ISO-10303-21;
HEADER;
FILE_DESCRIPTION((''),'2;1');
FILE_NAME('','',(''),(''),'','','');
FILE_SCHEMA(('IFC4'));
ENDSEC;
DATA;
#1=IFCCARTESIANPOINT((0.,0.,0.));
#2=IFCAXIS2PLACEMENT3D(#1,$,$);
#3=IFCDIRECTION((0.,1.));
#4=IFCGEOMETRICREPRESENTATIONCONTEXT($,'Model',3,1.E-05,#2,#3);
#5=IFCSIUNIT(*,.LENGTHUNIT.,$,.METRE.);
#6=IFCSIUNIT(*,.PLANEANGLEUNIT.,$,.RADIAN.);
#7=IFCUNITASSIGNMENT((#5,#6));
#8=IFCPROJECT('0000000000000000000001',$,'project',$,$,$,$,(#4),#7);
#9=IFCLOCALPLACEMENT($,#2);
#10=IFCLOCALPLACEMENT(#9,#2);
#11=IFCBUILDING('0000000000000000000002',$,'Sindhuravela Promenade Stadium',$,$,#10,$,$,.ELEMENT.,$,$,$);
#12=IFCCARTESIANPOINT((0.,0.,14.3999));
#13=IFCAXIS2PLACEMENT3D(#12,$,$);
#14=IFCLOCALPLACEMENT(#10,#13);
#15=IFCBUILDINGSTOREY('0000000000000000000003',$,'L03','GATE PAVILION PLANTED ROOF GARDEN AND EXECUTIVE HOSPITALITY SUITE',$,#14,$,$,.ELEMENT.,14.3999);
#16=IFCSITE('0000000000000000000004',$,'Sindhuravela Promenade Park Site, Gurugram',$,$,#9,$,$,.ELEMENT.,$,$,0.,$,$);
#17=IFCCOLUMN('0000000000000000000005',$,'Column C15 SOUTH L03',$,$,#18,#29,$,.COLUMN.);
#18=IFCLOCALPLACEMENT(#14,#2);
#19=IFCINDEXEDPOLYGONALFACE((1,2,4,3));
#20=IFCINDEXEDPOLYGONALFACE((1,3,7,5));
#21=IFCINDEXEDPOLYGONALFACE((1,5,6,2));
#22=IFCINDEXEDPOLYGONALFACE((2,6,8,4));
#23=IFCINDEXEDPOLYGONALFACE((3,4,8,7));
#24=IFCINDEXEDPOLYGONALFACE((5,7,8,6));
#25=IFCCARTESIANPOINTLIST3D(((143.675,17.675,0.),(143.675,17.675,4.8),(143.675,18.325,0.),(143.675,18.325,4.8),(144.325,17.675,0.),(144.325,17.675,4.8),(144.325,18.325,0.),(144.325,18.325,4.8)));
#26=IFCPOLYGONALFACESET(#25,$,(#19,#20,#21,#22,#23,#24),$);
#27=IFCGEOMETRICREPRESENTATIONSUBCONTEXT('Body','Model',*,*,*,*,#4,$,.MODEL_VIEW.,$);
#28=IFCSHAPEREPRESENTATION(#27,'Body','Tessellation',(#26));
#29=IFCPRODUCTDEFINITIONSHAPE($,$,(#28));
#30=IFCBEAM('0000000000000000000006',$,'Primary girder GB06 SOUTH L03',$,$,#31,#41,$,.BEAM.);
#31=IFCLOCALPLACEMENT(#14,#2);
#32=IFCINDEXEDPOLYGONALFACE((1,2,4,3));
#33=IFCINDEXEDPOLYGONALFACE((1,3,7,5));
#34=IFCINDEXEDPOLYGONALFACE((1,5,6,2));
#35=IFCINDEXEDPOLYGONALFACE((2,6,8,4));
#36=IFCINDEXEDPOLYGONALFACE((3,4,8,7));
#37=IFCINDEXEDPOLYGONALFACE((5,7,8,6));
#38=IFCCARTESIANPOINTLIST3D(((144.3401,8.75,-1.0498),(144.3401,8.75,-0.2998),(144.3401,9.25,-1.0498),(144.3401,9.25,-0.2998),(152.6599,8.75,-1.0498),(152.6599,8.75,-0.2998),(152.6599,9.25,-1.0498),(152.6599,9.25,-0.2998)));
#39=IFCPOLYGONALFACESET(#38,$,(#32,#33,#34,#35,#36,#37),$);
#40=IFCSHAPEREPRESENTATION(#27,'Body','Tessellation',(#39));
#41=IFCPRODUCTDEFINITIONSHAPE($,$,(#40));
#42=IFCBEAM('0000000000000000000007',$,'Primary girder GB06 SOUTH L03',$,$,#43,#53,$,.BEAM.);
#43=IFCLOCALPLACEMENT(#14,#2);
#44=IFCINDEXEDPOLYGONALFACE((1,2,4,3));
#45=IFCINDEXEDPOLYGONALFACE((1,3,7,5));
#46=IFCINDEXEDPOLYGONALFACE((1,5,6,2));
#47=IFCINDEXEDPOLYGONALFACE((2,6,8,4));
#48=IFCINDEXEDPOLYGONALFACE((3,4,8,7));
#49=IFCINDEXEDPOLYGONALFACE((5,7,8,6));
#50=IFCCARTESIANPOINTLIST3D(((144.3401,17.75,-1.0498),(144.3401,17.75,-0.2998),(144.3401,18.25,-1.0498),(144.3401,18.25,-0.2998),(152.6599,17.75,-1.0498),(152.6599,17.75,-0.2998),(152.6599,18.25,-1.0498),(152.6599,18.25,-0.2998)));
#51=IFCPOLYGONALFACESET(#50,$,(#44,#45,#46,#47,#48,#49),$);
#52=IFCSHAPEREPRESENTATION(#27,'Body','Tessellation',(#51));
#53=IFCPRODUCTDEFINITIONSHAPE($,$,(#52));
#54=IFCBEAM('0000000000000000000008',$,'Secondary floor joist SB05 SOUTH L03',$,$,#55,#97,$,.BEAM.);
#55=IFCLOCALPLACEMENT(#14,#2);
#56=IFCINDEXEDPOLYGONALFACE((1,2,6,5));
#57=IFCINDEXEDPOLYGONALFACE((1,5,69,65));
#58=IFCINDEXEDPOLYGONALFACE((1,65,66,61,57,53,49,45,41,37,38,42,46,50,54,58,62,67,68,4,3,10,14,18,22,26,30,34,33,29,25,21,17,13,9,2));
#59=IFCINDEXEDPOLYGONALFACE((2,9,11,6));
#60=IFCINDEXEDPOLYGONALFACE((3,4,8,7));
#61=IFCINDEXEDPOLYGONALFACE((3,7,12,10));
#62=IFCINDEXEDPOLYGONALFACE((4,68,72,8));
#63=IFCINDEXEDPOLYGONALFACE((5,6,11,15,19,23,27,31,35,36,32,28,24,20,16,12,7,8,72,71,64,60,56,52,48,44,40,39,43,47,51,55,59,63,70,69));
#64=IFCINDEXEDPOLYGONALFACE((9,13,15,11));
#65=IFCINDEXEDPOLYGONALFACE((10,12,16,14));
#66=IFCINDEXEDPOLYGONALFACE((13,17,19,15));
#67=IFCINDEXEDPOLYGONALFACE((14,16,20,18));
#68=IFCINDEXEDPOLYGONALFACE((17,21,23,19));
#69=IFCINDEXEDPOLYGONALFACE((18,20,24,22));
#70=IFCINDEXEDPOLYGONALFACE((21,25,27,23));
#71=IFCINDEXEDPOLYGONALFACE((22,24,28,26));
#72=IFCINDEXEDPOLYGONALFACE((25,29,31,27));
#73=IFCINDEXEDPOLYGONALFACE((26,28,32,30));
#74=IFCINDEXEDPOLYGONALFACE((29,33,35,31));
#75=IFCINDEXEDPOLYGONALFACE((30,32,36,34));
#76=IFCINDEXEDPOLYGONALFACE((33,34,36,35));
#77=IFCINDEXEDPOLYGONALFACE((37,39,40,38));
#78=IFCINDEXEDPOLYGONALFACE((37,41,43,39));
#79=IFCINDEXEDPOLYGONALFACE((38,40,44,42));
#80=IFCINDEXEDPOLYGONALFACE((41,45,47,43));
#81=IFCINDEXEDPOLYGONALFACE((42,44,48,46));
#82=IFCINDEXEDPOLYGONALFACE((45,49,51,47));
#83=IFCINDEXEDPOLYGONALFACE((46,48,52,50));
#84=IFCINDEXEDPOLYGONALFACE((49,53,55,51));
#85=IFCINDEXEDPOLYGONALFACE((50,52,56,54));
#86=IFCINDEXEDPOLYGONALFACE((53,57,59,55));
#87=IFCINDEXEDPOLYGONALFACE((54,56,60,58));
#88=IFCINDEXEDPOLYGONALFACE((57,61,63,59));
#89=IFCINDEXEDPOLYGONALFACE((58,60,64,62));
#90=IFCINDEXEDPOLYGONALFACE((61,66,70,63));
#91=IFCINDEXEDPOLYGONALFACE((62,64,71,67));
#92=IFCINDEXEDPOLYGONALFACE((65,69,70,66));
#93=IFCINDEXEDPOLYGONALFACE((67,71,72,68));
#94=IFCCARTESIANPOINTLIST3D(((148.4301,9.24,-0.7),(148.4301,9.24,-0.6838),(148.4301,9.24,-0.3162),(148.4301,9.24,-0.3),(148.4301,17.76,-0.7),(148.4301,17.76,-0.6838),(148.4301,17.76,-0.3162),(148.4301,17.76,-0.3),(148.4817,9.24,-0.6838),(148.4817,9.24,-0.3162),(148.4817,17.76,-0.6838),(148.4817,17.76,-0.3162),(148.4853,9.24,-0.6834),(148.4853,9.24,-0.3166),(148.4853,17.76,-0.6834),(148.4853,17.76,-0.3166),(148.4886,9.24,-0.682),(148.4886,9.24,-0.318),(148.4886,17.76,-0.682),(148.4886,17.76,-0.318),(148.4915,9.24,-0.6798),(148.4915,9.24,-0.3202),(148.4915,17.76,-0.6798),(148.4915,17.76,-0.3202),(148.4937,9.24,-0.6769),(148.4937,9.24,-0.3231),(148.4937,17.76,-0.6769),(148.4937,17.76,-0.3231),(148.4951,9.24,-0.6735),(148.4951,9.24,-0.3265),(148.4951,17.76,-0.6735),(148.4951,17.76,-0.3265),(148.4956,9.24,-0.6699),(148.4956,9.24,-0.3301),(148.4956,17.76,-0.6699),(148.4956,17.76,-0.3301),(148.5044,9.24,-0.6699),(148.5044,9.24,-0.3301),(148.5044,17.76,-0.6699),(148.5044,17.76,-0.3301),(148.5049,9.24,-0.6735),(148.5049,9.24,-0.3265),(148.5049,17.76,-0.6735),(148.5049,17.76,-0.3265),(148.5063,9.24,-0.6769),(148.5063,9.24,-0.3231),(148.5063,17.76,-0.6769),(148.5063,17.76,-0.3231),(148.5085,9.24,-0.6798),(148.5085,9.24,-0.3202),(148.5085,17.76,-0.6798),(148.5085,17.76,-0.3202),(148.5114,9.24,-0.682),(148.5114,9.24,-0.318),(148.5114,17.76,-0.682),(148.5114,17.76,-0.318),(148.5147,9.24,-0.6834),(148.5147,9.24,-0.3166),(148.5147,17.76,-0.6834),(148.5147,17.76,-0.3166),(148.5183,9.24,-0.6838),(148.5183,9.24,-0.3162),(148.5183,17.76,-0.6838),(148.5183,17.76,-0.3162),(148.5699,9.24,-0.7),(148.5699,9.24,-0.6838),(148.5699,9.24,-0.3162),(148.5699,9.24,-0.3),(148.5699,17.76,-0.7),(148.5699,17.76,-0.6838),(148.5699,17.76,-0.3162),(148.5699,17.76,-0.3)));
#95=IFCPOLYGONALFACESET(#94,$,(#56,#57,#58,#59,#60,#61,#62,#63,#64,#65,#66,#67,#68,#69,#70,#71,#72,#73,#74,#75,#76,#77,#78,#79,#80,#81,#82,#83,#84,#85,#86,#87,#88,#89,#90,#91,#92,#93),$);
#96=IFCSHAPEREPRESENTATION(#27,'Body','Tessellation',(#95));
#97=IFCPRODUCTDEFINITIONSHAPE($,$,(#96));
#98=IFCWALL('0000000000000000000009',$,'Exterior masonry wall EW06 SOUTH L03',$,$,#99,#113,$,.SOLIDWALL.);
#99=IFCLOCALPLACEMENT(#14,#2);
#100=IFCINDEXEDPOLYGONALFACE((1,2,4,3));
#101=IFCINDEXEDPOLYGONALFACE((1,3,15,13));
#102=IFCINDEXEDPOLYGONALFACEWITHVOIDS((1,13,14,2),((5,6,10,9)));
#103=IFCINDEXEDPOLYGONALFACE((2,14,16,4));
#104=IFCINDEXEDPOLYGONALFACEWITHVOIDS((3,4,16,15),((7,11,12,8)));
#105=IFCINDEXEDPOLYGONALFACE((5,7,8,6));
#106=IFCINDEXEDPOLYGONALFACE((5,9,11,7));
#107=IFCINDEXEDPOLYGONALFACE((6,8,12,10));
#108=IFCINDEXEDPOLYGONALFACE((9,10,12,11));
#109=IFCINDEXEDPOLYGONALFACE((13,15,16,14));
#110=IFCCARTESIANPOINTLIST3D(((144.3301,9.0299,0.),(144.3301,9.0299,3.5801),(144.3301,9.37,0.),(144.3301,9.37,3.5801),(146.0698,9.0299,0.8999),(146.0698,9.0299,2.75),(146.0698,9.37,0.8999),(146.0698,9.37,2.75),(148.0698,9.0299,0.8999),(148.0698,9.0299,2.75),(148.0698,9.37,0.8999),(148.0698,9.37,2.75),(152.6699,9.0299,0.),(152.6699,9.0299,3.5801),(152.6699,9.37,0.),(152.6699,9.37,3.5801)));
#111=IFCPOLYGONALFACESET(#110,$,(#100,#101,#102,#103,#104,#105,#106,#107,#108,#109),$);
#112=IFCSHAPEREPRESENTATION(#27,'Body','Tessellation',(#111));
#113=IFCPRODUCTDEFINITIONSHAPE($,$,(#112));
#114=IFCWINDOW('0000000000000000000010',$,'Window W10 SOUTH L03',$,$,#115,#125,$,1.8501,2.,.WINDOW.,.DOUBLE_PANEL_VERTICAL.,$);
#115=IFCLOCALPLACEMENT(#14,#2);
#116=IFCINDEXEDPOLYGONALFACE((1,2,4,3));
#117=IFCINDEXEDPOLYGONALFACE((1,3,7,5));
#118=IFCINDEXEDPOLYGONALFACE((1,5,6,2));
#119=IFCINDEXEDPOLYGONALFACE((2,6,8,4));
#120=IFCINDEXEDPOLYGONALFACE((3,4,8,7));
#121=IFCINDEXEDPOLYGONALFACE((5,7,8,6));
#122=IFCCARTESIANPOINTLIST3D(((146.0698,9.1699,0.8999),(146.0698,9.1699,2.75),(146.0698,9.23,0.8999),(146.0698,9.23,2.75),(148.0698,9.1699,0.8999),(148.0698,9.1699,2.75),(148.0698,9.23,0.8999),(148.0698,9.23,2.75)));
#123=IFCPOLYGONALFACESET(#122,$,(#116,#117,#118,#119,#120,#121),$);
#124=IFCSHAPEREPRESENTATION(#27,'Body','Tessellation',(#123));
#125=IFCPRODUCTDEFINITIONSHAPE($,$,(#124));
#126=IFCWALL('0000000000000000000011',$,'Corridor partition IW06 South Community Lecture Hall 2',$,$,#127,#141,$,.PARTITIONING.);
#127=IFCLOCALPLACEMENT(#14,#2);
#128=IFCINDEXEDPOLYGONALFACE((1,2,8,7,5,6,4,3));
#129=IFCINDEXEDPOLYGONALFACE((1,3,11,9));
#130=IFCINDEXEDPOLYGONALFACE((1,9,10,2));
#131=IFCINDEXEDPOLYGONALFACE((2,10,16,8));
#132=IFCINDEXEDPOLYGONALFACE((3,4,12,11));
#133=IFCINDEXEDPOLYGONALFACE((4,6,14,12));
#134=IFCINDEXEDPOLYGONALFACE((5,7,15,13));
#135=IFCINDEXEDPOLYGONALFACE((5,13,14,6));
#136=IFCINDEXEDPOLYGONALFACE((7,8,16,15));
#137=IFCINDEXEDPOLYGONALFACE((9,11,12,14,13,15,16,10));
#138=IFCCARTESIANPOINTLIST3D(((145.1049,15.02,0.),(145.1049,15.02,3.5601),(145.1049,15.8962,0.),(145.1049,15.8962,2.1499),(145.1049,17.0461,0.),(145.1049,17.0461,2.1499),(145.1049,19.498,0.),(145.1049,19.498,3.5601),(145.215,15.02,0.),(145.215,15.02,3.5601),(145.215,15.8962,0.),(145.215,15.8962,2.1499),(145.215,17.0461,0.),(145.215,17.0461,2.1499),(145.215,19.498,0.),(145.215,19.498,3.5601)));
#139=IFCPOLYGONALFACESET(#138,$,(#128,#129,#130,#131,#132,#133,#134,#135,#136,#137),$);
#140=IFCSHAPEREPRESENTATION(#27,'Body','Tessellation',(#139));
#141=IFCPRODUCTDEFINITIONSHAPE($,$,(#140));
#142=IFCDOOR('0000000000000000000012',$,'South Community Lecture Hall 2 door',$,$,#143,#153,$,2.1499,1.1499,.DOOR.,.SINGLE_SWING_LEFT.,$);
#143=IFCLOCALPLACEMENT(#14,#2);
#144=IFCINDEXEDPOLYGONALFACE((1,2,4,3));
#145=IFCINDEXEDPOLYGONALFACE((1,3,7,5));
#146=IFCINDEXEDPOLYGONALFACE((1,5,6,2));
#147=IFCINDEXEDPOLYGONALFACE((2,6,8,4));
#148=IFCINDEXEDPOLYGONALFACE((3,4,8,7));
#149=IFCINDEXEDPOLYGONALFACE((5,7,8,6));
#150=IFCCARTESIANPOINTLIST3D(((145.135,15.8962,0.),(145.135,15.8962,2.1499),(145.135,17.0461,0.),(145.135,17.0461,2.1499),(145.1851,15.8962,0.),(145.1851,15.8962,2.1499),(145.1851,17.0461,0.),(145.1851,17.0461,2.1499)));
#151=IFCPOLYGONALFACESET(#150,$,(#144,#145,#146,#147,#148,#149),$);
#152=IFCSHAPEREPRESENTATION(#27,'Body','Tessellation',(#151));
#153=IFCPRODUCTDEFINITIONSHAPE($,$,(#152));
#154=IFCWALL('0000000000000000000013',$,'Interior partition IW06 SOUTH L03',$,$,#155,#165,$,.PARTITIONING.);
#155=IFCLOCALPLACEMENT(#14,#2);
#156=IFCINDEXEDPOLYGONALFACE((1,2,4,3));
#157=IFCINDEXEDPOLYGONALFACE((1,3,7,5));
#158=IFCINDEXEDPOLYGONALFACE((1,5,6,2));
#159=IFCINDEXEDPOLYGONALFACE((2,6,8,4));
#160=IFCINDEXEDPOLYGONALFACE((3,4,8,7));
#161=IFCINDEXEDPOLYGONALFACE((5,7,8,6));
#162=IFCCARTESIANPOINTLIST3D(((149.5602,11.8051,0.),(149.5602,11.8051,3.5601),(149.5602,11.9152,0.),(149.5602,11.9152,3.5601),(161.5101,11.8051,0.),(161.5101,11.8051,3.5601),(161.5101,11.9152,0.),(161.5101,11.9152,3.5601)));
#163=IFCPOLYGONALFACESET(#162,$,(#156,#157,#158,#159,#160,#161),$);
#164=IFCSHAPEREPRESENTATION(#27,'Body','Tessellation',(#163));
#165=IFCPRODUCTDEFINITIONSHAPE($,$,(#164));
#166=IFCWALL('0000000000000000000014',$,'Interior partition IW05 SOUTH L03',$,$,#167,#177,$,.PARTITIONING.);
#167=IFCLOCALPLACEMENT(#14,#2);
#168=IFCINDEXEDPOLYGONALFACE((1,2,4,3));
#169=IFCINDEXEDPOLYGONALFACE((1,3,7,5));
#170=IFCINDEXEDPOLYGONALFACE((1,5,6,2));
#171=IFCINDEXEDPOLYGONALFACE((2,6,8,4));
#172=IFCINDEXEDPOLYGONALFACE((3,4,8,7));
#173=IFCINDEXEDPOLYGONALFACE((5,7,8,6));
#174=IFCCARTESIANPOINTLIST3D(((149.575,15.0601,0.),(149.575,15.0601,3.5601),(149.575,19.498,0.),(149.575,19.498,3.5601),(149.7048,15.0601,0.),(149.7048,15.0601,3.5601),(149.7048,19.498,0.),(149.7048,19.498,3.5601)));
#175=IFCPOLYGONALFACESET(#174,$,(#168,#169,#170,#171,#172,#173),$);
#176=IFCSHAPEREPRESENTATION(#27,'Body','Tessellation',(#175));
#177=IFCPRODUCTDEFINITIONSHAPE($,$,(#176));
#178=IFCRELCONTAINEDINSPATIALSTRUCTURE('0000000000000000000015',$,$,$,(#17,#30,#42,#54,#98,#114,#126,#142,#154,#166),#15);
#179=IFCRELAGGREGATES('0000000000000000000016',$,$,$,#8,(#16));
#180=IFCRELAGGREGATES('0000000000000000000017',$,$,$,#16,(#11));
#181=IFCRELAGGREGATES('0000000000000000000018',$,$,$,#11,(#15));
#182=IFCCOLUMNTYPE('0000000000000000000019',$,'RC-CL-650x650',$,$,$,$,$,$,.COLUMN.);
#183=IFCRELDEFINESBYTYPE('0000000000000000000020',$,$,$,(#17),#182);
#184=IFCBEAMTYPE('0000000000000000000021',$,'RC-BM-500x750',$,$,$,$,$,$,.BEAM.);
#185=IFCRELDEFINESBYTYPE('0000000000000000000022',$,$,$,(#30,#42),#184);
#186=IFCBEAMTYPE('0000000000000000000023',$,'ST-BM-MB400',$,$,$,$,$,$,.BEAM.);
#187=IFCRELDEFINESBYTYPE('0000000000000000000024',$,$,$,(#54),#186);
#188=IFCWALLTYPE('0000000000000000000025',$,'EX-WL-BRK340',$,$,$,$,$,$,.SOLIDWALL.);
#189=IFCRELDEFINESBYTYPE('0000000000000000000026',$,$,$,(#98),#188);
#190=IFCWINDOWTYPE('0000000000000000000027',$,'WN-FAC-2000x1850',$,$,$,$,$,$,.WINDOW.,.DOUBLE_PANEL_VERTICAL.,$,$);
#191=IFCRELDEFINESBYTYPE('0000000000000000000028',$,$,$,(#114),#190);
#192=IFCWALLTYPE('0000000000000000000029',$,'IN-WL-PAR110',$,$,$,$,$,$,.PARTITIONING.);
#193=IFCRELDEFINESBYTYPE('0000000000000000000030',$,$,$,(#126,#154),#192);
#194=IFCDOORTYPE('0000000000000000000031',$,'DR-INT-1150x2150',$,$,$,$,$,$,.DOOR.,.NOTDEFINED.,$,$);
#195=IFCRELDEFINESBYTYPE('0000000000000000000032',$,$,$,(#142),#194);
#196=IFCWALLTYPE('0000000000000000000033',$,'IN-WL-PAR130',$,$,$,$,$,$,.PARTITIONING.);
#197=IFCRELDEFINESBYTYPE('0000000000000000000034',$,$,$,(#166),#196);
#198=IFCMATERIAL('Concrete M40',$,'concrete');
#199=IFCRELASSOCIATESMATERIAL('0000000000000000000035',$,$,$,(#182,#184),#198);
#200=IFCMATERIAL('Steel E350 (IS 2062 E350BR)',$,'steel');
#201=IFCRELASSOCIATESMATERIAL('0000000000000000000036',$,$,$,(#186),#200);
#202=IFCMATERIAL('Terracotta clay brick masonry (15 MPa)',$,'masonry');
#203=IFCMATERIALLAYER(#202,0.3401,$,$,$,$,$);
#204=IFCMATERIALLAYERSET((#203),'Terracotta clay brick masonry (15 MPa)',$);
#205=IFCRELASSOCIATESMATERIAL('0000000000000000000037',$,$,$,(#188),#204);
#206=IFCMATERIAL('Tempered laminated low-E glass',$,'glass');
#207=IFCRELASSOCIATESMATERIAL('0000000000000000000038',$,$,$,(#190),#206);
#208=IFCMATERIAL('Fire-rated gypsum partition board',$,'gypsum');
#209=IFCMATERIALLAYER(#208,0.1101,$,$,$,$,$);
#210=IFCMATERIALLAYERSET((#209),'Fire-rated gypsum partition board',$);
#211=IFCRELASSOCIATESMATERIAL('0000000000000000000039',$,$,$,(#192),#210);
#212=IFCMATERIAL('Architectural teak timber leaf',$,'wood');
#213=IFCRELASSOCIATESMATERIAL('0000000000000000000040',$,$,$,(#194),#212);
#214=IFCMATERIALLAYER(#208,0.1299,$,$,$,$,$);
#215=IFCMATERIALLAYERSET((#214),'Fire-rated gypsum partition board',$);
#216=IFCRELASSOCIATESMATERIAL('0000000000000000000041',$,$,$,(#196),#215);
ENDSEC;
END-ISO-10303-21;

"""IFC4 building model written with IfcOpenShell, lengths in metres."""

from ifc_helpers import new_model, si_unit, direction, frame, frame_2d, origin, origin_2d, place, context, subcontext, project, spatial, rectangle, i_section, extrude, material, layer, layer_set, material_profile, profile_set, type_object, element, fill, save


model = new_model("IFC4")

# Units and contexts
model_context = context("Model", 3, precision=1e-05, world=origin(), true_north=direction((0.0, 1.0)))
body_context = subcontext(model_context, "Body", "Model", "MODEL_VIEW")
ifc_project = project(units=[si_unit("LENGTHUNIT", "METRE"), si_unit("PLANEANGLEUNIT", "RADIAN")], contexts=[model_context])

# Site, building, storey
site_placement = place(None, origin())
site = spatial("IfcSite", under=ifc_project, at=site_placement, Name="Sindhuravela Promenade Park Site, Gurugram", CompositionType="ELEMENT", RefElevation=0.0)
building_placement = place(site_placement, origin())
building = spatial("IfcBuilding", under=site, at=building_placement, Name="Sindhuravela Promenade Stadium", CompositionType="ELEMENT")
storey_placement = place(building_placement, frame((0.0, 0.0, 14.3999)))
storey = spatial("IfcBuildingStorey", under=building, at=storey_placement, Name="L03", Description="GATE PAVILION PLANTED ROOF GARDEN AND EXECUTIVE HOSPITALITY SUITE", CompositionType="ELEMENT", Elevation=14.3999)

# Column
ifc_material_1 = material(Name="Concrete M40", Category="concrete")
ifc_material_profile_1 = material_profile(ifc_material_1, rectangle(XDim=0.6499, YDim=0.6499, at=origin_2d()), Name="RC 650x650")
ifc_profile_set_1 = profile_set([ifc_material_profile_1], Name="Concrete M40")
column_type = type_object("IfcColumnType", Name="RC-CL-650x650", PredefinedType="COLUMN", material=ifc_profile_set_1)
column_placement = place(storey_placement, frame((144.0, 18.0, 0.0), z_axis=(0.0, 0.0, 1.0), x_axis=(1.0, 0.0, 0.0)))
element("IfcColumn", 1, at=column_placement, inside=storey, type_object=column_type, Name="Column C15 SOUTH L03", PredefinedType="COLUMN", context=body_context, shape_type="SweptSolid", body=[
    extrude(rectangle(XDim=0.6499, YDim=0.6499, at=origin_2d()), origin(), (0.0, 0.0, 1.0), 4.8),
])

# Beams
ifc_material_profile_2 = material_profile(ifc_material_1, rectangle(XDim=0.5, YDim=0.75, at=origin_2d()), Name="RC 500x750")
ifc_profile_set_2 = profile_set([ifc_material_profile_2], Name="Concrete M40")
beam_type_1 = type_object("IfcBeamType", Name="RC-BM-500x750", PredefinedType="BEAM", material=ifc_profile_set_2)
for number, where, z_axis, x_axis, name in (
    (2, (144.3401, 9.0, -0.6748), (1.0, 0.0, 0.0), (0.0, 1.0, 0.0), "Primary girder GB06 SOUTH L03"),
    (3, (144.3401, 18.0, -0.6748), (1.0, 0.0, 0.0), (0.0, 1.0, 0.0), "Primary girder GB06 SOUTH L03"),
):
    element("IfcBeam", number, at=place(storey_placement, frame(where, z_axis=z_axis, x_axis=x_axis)), inside=storey, type_object=beam_type_1, Name=name, PredefinedType="BEAM", context=body_context, shape_type="SweptSolid", body=[
        extrude(rectangle(XDim=0.5, YDim=0.75, at=origin_2d()), origin(), (0.0, 0.0, 1.0), 8.3198),
    ])
ifc_material_2 = material(Name="Steel E350 (IS 2062 E350BR)", Category="steel")
ifc_material_profile_3 = material_profile(ifc_material_2, i_section(OverallWidth=0.1399, OverallDepth=0.3999, WebThickness=0.0088, FlangeThickness=0.0161, FilletRadius=0.0139, at=origin_2d()), Name="ISMB 400")
ifc_profile_set_3 = profile_set([ifc_material_profile_3], Name="Steel E350 (IS 2062 E350BR)")
beam_type_2 = type_object("IfcBeamType", Name="ST-BM-MB400", PredefinedType="BEAM", material=ifc_profile_set_3)
beam_placement = place(storey_placement, frame((148.5, 9.24, -0.5), z_axis=(0.0, 1.0, 0.0), x_axis=(-1.0, 0.0, 0.0)))
element("IfcBeam", 4, at=beam_placement, inside=storey, type_object=beam_type_2, Name="Secondary floor joist SB05 SOUTH L03", PredefinedType="BEAM", context=body_context, shape_type="SweptSolid", body=[
    extrude(i_section(OverallWidth=0.1399, OverallDepth=0.3999, WebThickness=0.0088, FlangeThickness=0.0161, FilletRadius=0.0139, at=origin_2d()), origin(), (0.0, 0.0, 1.0), 8.52),
])

# Wall, opening, window
ifc_material_3 = material(Name="Terracotta clay brick masonry (15 MPa)", Category="masonry")
ifc_layer_1 = layer(ifc_material_3, 0.3401)
ifc_layer_set_1 = layer_set([ifc_layer_1], Name="Terracotta clay brick masonry (15 MPa)")
wall_type_1 = type_object("IfcWallType", Name="EX-WL-BRK340", PredefinedType="SOLIDWALL", material=ifc_layer_set_1)
wall_1_placement = place(storey_placement, frame((152.6699, 9.2, 0.0), z_axis=(0.0, 0.0, 1.0), x_axis=(-1.0, 0.0, 0.0)))
wall_1 = element("IfcWall", 5, at=wall_1_placement, inside=storey, type_object=wall_type_1, Name="Exterior masonry wall EW06 SOUTH L03", PredefinedType="SOLIDWALL", context=body_context, shape_type="SweptSolid", body=[
    extrude(rectangle(XDim=8.3398, YDim=0.3401, at=frame_2d((4.1699, 0.0))), origin(), (0.0, 0.0, 1.0), 3.5801),
])
opening_1_placement = place(wall_1_placement, frame((4.6001, 0.0, 0.8999)))
opening_1 = element("IfcOpeningElement", 6, at=opening_1_placement, cuts=wall_1, PredefinedType="OPENING", context=body_context, shape_type="SweptSolid", body=[
    extrude(rectangle(XDim=2.0, YDim=1.8501, at=frame_2d((1.0, 0.925))), frame((0.0, 0.1799, 0.0), z_axis=(0.0, -1.0, 0.0), x_axis=(1.0, 0.0, 0.0)), (0.0, 0.0, 1.0), 0.3601),
])
ifc_material_4 = material(Name="Tempered laminated low-E glass", Category="glass")
window_type = type_object("IfcWindowType", Name="WN-FAC-2000x1850", PartitioningType="DOUBLE_PANEL_VERTICAL", PredefinedType="WINDOW", material=ifc_material_4)
window_placement = place(opening_1_placement, origin())
window = element("IfcWindow", 7, at=window_placement, inside=storey, type_object=window_type, Name="Window W10 SOUTH L03", OverallHeight=1.8501, OverallWidth=2.0, PartitioningType="DOUBLE_PANEL_VERTICAL", PredefinedType="WINDOW", context=body_context, shape_type="SweptSolid", body=[
    extrude(rectangle(XDim=2.0, YDim=1.8501, at=frame_2d((1.0, 0.925))), frame((0.0, 0.03, 0.0), z_axis=(0.0, -1.0, 0.0), x_axis=(1.0, 0.0, 0.0)), (0.0, 0.0, 1.0), 0.0601),
])
fill(opening_1, window)

# Wall, opening, door
ifc_material_5 = material(Name="Fire-rated gypsum partition board", Category="gypsum")
ifc_layer_2 = layer(ifc_material_5, 0.1101)
ifc_layer_set_2 = layer_set([ifc_layer_2], Name="Fire-rated gypsum partition board")
wall_type_2 = type_object("IfcWallType", Name="IN-WL-PAR110", PredefinedType="PARTITIONING", material=ifc_layer_set_2)
wall_2_placement = place(storey_placement, frame((145.1599, 15.02, 0.0), z_axis=(0.0, 0.0, 1.0), x_axis=(0.0, 1.0, 0.0)))
wall_2 = element("IfcWall", 8, at=wall_2_placement, inside=storey, type_object=wall_type_2, Name="Corridor partition IW06 South Community Lecture Hall 2", PredefinedType="PARTITIONING", context=body_context, shape_type="SweptSolid", body=[
    extrude(rectangle(XDim=4.478, YDim=0.1101, at=frame_2d((2.239, 0.0))), origin(), (0.0, 0.0, 1.0), 3.5601),
])
opening_2_placement = place(wall_2_placement, frame((0.8762, 0.0, 0.0)))
opening_2 = element("IfcOpeningElement", 9, at=opening_2_placement, cuts=wall_2, PredefinedType="OPENING", context=body_context, shape_type="SweptSolid", body=[
    extrude(rectangle(XDim=1.1499, YDim=2.1499, at=frame_2d((0.575, 1.075))), frame((0.0, 0.0649, 0.0), z_axis=(0.0, -1.0, 0.0), x_axis=(1.0, 0.0, 0.0)), (0.0, 0.0, 1.0), 0.1301),
])
ifc_material_6 = material(Name="Architectural teak timber leaf", Category="wood")
door_type_1 = type_object("IfcDoorType", Name="DR-INT-1150x2150", OperationType="NOTDEFINED", PredefinedType="DOOR", material=ifc_material_6)
door_1_placement = place(opening_2_placement, origin())
door_1 = element("IfcDoor", 10, at=door_1_placement, inside=storey, type_object=door_type_1, Name="South Community Lecture Hall 2 door", OperationType="SINGLE_SWING_LEFT", OverallHeight=2.1499, OverallWidth=1.1499, PredefinedType="DOOR", context=body_context, shape_type="SweptSolid", body=[
    extrude(rectangle(XDim=1.1499, YDim=2.1499, at=frame_2d((0.575, 1.075))), frame((0.0, 0.0249, 0.0), z_axis=(0.0, -1.0, 0.0), x_axis=(1.0, 0.0, 0.0)), (0.0, 0.0, 1.0), 0.05),
])
fill(opening_2, door_1)

# Walls
wall_3_placement = place(storey_placement, frame((149.5601, 11.8601, 0.0), z_axis=(0.0, 0.0, 1.0), x_axis=(1.0, 0.0, 0.0)))
element("IfcWall", 11, at=wall_3_placement, inside=storey, type_object=wall_type_2, Name="Interior partition IW06 SOUTH L03", PredefinedType="PARTITIONING", context=body_context, shape_type="SweptSolid", body=[
    extrude(rectangle(XDim=11.95, YDim=0.1101, at=frame_2d((5.9751, 0.0))), origin(), (0.0, 0.0, 1.0), 3.5601),
])
ifc_layer_3 = layer(ifc_material_5, 0.1299)
ifc_layer_set_3 = layer_set([ifc_layer_3], Name="Fire-rated gypsum partition board")
wall_type_3 = type_object("IfcWallType", Name="IN-WL-PAR130", PredefinedType="PARTITIONING", material=ifc_layer_set_3)
wall_4_placement = place(storey_placement, frame((149.6399, 15.0601, 0.0), z_axis=(0.0, 0.0, 1.0), x_axis=(0.0, 1.0, 0.0)))
element("IfcWall", 12, at=wall_4_placement, inside=storey, type_object=wall_type_3, Name="Interior partition IW05 SOUTH L03", PredefinedType="PARTITIONING", context=body_context, shape_type="SweptSolid", body=[
    extrude(rectangle(XDim=4.438, YDim=0.1299, at=frame_2d((2.219, 0.0))), origin(), (0.0, 0.0, 1.0), 3.5601),
])

save(model, "model.ifc")
